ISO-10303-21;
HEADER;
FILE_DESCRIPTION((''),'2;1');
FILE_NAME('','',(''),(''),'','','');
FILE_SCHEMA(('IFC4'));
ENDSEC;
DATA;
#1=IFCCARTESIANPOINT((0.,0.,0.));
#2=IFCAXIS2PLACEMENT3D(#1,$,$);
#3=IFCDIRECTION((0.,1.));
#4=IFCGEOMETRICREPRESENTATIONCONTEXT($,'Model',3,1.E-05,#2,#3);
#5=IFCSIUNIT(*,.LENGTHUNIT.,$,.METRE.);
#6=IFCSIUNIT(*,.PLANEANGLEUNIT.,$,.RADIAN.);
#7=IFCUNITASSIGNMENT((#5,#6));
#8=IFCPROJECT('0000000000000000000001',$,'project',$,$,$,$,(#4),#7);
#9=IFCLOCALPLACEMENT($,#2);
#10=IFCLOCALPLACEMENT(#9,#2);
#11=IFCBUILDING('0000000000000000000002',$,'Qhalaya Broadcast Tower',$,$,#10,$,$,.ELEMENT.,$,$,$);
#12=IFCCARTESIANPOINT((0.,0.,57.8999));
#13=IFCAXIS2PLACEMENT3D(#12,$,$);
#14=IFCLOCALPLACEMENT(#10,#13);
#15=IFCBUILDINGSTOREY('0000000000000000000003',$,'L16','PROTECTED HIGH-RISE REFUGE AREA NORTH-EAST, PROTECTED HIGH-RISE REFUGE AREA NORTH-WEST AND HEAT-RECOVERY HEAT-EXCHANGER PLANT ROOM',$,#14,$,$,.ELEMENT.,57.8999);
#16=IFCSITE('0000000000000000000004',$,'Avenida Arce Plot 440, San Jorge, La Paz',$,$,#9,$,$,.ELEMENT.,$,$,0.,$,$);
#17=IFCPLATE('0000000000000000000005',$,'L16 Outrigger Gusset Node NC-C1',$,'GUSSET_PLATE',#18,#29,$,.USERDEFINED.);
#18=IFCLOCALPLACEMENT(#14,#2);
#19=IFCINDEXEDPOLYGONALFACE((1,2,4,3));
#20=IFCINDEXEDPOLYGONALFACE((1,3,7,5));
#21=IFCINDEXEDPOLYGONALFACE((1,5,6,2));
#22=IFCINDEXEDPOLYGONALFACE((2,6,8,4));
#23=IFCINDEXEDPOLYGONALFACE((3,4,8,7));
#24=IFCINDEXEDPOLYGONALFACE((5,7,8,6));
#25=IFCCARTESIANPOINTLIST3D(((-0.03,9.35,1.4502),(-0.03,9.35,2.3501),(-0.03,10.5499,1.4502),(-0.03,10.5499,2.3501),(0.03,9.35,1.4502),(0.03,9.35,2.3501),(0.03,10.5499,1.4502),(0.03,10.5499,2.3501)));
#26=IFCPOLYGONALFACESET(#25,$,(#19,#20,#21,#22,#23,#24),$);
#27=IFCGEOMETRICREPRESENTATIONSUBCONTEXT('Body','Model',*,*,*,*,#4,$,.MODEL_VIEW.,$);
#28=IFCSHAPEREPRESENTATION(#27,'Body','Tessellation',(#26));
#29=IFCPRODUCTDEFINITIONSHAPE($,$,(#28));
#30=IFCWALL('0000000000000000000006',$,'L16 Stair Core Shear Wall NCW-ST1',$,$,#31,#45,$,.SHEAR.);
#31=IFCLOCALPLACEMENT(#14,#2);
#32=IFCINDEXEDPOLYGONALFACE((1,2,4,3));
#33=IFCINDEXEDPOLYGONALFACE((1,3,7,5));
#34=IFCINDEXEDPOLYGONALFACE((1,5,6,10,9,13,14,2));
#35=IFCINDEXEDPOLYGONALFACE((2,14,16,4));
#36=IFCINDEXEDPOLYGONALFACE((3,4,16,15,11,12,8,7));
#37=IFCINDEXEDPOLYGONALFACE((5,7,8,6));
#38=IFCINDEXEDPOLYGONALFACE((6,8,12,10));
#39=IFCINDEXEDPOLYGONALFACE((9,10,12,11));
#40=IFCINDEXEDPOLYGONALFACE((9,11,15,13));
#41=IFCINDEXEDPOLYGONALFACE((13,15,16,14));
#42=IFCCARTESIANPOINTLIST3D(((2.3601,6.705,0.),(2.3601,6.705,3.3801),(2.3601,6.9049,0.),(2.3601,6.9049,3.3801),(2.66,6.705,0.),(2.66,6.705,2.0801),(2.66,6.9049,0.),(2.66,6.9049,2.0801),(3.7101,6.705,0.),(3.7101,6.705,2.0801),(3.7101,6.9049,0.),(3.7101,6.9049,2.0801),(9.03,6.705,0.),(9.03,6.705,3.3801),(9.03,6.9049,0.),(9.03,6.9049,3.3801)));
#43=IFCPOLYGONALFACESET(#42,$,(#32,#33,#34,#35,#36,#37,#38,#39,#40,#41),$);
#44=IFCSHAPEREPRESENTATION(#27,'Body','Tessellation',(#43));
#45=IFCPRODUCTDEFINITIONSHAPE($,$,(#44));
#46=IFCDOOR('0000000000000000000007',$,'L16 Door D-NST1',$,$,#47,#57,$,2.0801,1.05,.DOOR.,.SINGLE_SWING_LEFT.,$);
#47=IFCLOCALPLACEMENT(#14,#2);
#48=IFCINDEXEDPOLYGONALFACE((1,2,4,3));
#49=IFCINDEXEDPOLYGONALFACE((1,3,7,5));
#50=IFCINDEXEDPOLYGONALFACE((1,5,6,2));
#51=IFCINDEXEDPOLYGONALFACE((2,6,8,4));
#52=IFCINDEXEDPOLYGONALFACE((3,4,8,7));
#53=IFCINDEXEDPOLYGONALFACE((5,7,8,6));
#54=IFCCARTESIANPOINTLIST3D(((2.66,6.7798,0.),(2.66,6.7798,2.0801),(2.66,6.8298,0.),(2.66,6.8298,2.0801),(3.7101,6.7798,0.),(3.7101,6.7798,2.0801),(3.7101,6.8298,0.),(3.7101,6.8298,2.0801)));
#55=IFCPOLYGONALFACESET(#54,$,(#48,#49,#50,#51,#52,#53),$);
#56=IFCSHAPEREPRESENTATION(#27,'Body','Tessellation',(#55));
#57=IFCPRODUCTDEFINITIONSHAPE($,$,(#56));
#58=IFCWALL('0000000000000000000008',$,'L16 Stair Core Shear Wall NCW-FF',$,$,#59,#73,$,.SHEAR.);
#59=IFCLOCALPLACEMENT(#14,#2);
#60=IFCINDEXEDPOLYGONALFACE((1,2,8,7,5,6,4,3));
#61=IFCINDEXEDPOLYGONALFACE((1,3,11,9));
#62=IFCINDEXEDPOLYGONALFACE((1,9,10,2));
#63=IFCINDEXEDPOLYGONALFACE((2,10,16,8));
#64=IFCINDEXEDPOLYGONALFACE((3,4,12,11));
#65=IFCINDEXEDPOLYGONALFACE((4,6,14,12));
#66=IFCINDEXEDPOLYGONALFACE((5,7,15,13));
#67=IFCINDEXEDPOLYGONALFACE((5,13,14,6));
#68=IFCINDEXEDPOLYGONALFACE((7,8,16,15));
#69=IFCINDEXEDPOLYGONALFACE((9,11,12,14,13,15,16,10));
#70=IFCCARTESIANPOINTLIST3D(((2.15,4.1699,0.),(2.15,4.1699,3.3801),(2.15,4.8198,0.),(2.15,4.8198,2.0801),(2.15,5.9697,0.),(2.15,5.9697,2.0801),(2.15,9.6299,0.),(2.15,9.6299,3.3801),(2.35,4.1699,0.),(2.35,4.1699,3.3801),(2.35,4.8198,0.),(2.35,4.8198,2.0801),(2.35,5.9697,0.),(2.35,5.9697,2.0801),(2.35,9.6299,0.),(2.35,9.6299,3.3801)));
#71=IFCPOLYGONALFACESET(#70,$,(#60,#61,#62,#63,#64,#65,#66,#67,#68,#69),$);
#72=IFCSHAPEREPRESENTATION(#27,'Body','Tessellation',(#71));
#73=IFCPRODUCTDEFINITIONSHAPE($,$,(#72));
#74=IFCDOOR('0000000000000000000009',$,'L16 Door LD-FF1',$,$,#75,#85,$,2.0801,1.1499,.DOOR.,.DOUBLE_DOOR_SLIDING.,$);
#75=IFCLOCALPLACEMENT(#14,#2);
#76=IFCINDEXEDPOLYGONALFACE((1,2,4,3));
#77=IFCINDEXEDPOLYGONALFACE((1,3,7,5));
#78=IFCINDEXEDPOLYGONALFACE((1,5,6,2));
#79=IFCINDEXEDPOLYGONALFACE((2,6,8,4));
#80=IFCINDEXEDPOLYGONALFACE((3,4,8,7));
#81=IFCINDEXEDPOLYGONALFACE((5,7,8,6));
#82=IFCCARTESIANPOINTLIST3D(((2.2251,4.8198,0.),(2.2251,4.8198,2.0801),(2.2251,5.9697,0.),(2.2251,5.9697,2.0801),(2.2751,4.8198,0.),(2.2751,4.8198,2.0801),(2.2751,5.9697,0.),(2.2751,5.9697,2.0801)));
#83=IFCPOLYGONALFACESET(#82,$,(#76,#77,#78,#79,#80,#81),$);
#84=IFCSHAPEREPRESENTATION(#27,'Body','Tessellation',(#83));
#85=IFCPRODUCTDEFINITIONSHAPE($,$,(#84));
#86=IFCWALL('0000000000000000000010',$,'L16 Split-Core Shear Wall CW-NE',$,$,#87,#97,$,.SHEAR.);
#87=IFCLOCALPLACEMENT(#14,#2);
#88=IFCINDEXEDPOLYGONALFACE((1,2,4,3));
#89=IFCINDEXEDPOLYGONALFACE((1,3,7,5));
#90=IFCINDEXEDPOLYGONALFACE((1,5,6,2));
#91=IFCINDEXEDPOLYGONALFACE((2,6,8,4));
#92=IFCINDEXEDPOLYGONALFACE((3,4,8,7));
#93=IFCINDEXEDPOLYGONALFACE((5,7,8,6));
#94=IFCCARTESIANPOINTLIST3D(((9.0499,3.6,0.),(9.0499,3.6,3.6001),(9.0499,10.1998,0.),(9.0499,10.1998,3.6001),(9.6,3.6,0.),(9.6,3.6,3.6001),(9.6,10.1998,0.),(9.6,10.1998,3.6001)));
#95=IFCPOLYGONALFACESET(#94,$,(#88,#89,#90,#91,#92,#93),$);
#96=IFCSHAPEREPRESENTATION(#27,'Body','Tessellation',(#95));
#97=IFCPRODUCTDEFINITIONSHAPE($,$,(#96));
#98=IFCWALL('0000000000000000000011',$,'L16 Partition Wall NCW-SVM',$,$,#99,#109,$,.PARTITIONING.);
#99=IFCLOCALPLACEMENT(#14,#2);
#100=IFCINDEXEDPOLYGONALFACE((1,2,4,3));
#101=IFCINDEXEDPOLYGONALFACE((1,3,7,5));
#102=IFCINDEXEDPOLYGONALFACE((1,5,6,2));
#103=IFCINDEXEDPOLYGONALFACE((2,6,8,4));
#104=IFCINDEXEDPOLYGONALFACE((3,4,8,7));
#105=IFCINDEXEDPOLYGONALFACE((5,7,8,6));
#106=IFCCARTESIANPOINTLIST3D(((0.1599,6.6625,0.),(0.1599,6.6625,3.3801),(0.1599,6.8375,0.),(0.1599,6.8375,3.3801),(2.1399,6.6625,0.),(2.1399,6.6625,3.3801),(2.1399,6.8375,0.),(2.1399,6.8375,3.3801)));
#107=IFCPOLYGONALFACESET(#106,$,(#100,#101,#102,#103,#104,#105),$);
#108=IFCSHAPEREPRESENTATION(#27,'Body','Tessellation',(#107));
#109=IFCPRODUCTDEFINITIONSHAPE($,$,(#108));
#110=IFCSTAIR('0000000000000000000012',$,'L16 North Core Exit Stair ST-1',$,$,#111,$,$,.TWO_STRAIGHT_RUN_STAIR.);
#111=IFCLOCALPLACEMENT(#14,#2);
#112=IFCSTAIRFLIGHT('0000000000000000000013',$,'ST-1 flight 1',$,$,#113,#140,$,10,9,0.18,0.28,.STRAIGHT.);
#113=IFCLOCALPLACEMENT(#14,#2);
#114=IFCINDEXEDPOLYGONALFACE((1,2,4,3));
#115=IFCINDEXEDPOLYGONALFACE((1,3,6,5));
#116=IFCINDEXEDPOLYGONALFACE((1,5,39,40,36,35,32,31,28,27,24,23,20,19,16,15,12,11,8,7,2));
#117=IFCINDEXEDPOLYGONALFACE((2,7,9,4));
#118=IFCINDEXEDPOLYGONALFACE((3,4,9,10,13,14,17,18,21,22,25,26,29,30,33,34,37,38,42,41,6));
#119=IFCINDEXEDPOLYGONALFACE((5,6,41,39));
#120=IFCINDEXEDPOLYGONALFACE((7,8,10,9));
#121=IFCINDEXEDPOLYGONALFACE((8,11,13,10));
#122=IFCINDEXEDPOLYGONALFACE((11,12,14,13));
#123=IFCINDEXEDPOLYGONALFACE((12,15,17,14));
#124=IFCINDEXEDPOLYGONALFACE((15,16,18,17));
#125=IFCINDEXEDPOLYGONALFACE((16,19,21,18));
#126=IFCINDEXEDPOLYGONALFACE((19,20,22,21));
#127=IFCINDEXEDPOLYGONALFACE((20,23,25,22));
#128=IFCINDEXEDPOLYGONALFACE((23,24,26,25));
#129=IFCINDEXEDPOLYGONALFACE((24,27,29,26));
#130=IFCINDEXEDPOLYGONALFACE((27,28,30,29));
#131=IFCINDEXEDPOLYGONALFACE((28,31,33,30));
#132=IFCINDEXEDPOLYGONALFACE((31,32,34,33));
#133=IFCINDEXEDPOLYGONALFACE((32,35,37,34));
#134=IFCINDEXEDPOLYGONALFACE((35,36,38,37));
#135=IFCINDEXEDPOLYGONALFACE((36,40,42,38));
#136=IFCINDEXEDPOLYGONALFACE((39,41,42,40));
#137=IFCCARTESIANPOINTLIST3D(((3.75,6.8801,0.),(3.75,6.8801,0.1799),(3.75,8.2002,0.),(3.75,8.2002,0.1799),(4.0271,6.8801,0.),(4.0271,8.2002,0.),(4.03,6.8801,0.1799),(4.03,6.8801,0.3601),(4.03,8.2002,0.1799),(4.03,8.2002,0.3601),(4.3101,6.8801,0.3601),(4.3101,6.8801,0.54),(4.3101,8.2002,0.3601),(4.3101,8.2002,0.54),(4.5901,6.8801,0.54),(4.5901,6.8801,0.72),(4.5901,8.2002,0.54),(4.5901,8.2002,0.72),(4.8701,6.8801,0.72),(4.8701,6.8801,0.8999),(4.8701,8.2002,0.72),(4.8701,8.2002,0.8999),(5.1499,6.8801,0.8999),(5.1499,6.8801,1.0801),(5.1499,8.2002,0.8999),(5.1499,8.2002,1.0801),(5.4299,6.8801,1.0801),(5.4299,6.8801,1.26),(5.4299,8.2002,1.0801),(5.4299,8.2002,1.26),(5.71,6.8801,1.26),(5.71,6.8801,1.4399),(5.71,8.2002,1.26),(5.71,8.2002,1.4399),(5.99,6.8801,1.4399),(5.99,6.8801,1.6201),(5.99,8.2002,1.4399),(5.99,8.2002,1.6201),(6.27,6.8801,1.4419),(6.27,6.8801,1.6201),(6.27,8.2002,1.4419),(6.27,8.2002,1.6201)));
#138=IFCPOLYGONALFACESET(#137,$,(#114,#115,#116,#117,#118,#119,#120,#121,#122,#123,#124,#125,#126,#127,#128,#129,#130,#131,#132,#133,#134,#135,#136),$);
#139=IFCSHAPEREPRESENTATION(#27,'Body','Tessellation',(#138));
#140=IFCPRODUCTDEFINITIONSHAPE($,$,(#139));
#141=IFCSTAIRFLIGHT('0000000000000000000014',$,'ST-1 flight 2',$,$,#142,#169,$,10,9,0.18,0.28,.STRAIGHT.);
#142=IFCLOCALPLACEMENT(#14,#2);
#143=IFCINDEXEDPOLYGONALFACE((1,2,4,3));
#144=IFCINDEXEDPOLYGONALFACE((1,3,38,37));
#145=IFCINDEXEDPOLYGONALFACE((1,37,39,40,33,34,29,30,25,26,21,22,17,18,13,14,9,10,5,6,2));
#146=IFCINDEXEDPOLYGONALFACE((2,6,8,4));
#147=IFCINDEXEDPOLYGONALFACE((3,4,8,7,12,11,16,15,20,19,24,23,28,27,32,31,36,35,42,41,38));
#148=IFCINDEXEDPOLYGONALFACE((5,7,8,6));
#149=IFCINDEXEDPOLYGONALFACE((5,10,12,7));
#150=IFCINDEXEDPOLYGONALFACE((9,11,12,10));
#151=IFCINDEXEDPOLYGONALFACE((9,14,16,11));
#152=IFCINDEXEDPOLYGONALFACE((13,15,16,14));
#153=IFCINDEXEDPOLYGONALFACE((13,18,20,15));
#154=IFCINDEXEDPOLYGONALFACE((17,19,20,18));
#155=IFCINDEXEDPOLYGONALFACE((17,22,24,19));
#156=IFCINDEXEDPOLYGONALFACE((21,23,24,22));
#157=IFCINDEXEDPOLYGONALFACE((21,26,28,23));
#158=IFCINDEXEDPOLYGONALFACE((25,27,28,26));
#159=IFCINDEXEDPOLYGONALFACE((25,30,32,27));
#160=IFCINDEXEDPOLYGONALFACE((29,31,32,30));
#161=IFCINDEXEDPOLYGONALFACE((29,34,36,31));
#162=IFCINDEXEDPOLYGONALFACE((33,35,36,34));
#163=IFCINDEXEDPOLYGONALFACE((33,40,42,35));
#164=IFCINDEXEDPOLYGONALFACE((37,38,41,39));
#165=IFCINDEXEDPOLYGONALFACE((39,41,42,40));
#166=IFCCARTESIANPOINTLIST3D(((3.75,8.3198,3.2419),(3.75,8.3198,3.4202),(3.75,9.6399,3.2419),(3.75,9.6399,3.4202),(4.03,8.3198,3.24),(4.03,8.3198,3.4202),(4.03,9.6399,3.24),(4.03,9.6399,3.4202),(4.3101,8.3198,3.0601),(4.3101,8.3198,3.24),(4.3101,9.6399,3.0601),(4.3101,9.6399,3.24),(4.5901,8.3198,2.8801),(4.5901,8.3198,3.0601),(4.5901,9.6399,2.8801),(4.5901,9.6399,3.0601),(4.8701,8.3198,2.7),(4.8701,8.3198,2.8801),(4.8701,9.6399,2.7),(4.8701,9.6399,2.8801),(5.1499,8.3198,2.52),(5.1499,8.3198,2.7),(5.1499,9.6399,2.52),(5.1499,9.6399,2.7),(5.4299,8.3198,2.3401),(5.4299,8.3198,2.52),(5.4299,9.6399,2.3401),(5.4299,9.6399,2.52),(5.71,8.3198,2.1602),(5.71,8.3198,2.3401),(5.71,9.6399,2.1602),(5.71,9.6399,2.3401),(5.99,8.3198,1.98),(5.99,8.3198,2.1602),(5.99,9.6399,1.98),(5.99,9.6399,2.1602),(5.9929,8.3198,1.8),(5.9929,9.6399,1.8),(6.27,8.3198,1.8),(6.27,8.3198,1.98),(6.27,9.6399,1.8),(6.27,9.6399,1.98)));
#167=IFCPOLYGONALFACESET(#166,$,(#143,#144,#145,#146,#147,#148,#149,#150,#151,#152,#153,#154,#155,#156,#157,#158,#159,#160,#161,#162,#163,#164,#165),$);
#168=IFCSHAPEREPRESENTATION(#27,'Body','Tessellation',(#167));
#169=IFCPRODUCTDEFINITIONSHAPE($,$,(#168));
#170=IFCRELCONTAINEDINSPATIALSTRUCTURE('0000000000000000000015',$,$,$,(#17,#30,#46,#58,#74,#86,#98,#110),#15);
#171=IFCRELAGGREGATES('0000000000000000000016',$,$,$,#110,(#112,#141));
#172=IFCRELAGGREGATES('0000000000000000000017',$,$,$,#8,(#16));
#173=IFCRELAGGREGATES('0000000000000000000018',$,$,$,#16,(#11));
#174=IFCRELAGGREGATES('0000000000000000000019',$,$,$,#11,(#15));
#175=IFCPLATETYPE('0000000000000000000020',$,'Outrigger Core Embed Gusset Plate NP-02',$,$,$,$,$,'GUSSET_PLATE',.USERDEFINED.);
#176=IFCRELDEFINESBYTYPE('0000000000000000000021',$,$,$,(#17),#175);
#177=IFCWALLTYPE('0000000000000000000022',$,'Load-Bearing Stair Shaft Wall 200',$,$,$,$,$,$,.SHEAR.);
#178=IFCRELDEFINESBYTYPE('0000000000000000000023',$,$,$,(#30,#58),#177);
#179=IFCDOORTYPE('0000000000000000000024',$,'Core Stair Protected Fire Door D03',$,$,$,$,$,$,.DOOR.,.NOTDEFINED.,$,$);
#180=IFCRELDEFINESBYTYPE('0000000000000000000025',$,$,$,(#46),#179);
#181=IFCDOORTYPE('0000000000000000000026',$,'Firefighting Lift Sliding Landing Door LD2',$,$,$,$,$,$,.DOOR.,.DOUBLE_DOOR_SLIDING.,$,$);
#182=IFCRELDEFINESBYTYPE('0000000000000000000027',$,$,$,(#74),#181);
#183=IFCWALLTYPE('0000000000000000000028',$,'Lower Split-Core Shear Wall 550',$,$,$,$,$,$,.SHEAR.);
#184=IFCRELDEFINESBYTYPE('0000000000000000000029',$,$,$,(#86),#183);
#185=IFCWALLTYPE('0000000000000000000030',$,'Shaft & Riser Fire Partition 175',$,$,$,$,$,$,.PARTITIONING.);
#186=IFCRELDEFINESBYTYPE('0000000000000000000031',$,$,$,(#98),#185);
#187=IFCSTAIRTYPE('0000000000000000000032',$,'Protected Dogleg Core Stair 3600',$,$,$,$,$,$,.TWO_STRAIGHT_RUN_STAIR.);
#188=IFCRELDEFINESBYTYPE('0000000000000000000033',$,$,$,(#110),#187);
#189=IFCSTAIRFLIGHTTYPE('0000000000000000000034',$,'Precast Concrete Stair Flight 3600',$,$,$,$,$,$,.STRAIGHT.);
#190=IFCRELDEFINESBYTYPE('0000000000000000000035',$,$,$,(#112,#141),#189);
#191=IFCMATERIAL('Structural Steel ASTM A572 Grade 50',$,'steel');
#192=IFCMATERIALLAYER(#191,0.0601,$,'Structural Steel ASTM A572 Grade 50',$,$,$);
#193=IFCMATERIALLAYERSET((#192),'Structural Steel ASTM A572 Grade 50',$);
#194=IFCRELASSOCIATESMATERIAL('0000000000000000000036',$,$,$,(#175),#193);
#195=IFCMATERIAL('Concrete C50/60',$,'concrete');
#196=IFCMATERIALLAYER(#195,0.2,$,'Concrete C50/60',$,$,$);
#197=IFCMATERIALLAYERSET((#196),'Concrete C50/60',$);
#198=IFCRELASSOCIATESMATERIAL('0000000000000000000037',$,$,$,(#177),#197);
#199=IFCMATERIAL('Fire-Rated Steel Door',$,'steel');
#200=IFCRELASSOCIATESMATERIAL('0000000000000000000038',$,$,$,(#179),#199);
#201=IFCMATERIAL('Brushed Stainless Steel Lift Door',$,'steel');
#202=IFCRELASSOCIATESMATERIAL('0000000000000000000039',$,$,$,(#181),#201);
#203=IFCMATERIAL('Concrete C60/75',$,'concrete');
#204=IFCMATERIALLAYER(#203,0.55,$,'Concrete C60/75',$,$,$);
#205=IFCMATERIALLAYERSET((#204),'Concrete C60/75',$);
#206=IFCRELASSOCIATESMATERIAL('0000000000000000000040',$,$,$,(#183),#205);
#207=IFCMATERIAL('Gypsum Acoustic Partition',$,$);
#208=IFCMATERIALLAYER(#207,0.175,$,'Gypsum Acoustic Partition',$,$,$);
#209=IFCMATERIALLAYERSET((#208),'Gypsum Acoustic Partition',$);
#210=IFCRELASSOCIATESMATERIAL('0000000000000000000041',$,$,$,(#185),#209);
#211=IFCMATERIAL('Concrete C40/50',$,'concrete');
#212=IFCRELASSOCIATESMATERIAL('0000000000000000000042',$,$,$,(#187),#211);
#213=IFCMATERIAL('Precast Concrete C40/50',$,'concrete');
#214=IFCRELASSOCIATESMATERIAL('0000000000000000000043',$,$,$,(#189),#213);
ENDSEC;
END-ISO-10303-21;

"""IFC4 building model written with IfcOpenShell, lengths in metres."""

from ifc_helpers import new_model, si_unit, direction, frame, frame_2d, origin, origin_2d, place, context, subcontext, project, spatial, polyline, rectangle, outline, extrude, material, layer, layer_set, type_object, element, fill, aggregate, save


model = new_model("IFC4")

# Units and contexts
model_context = context("Model", 3, precision=1e-05, world=origin(), true_north=direction((0.0, 1.0)))
body_context = subcontext(model_context, "Body", "Model", "MODEL_VIEW")
ifc_project = project(units=[si_unit("LENGTHUNIT", "METRE"), si_unit("PLANEANGLEUNIT", "RADIAN")], contexts=[model_context])

# Site, building, storey
site_placement = place(None, origin())
site = spatial("IfcSite", under=ifc_project, at=site_placement, Name="Avenida Arce Plot 440, San Jorge, La Paz", CompositionType="ELEMENT", RefElevation=0.0)
building_placement = place(site_placement, origin())
building = spatial("IfcBuilding", under=site, at=building_placement, Name="Qhalaya Broadcast Tower", CompositionType="ELEMENT")
storey_placement = place(building_placement, frame((0.0, 0.0, 57.8999)))
storey = spatial("IfcBuildingStorey", under=building, at=storey_placement, Name="L16", Description="PROTECTED HIGH-RISE REFUGE AREA NORTH-EAST, PROTECTED HIGH-RISE REFUGE AREA NORTH-WEST AND HEAT-RECOVERY HEAT-EXCHANGER PLANT ROOM", CompositionType="ELEMENT", Elevation=57.8999)

# Shared definitions
ifc_material_1 = material(Name="Concrete C50/60", Category="concrete")

# Shared definitions
ifc_material_2 = material(Name="Structural Steel ASTM A572 Grade 50", Category="steel")

# Plate
ifc_layer_1 = layer(ifc_material_2, 0.0601, Name="Structural Steel ASTM A572 Grade 50")
ifc_layer_set_1 = layer_set([ifc_layer_1], Name="Structural Steel ASTM A572 Grade 50")
plate_type_1 = type_object("IfcPlateType", Name="Outrigger Core Embed Gusset Plate NP-02", ElementType="GUSSET_PLATE", PredefinedType="USERDEFINED", material=ifc_layer_set_1)
for number, where, z_axis, x_axis, name in (
    (1, (0.0, 9.95, 1.4502), (0.0, 0.0, 1.0), (0.0, 1.0, 0.0), "L16 Outrigger Gusset Node NC-C1"),
):
    element("IfcPlate", number, at=place(storey_placement, frame(where, z_axis=z_axis, x_axis=x_axis)), inside=storey, type_object=plate_type_1, Name=name, ObjectType="GUSSET_PLATE", PredefinedType="USERDEFINED", context=body_context, shape_type="SweptSolid", body=[
        extrude(rectangle(XDim=1.2, YDim=0.0601, at=origin_2d()), origin(), (0.0, 0.0, 1.0), 0.8999),
    ])

# Walls, openings, doors
ifc_layer_2 = layer(ifc_material_1, 0.2, Name="Concrete C50/60")
ifc_layer_set_2 = layer_set([ifc_layer_2], Name="Concrete C50/60")
wall_type_1 = type_object("IfcWallType", Name="Load-Bearing Stair Shaft Wall 200", PredefinedType="SHEAR", material=ifc_layer_set_2)
wall_1_placement = place(storey_placement, frame((2.3601, 6.8049, 0.0), z_axis=(0.0, 0.0, 1.0), x_axis=(1.0, 0.0, 0.0)))
wall_1 = element("IfcWall", 2, at=wall_1_placement, inside=storey, type_object=wall_type_1, Name="L16 Stair Core Shear Wall NCW-ST1", PredefinedType="SHEAR", context=body_context, shape_type="SweptSolid", body=[
    extrude(rectangle(XDim=6.6699, YDim=0.2, at=frame_2d((3.335, 0.0))), origin(), (0.0, 0.0, 1.0), 3.3801),
])
opening_1_placement = place(wall_1_placement, frame((0.3, 0.0, 0.0)))
opening_1 = element("IfcOpeningElement", 3, at=opening_1_placement, cuts=wall_1, PredefinedType="OPENING", context=body_context, shape_type="SweptSolid", body=[
    extrude(rectangle(XDim=1.05, YDim=2.0801, at=frame_2d((0.5249, 1.04))), frame((0.0, 0.1121, 0.0), z_axis=(0.0, -1.0, 0.0), x_axis=(1.0, 0.0, 0.0)), (0.0, 0.0, 1.0), 0.2239),
])
ifc_material_3 = material(Name="Fire-Rated Steel Door", Category="steel")
door_type_1 = type_object("IfcDoorType", Name="Core Stair Protected Fire Door D03", OperationType="NOTDEFINED", PredefinedType="DOOR", material=ifc_material_3)
door_1_placement = place(opening_1_placement, origin())
door_1 = element("IfcDoor", 4, at=door_1_placement, inside=storey, type_object=door_type_1, Name="L16 Door D-NST1", OperationType="SINGLE_SWING_LEFT", OverallHeight=2.0801, OverallWidth=1.05, PredefinedType="DOOR", context=body_context, shape_type="SweptSolid", body=[
    extrude(rectangle(XDim=1.05, YDim=2.0801, at=frame_2d((0.5249, 1.04))), frame((0.0, 0.0249, 0.0), z_axis=(0.0, -1.0, 0.0), x_axis=(1.0, 0.0, 0.0)), (0.0, 0.0, 1.0), 0.05),
])
fill(opening_1, door_1)
wall_2_placement = place(storey_placement, frame((2.25, 4.1699, 0.0), z_axis=(0.0, 0.0, 1.0), x_axis=(0.0, 1.0, 0.0)))
wall_2 = element("IfcWall", 5, at=wall_2_placement, inside=storey, type_object=wall_type_1, Name="L16 Stair Core Shear Wall NCW-FF", PredefinedType="SHEAR", context=body_context, shape_type="SweptSolid", body=[
    extrude(rectangle(XDim=5.46, YDim=0.2, at=frame_2d((2.73, 0.0))), origin(), (0.0, 0.0, 1.0), 3.3801),
])
opening_2_placement = place(wall_2_placement, frame((0.6499, 0.0, 0.0)))
opening_2 = element("IfcOpeningElement", 6, at=opening_2_placement, cuts=wall_2, PredefinedType="OPENING", context=body_context, shape_type="SweptSolid", body=[
    extrude(rectangle(XDim=1.1499, YDim=2.0801, at=frame_2d((0.575, 1.04))), frame((0.0, 0.1121, 0.0), z_axis=(0.0, -1.0, 0.0), x_axis=(1.0, 0.0, 0.0)), (0.0, 0.0, 1.0), 0.2239),
])
ifc_material_4 = material(Name="Brushed Stainless Steel Lift Door", Category="steel")
door_type_2 = type_object("IfcDoorType", Name="Firefighting Lift Sliding Landing Door LD2", OperationType="DOUBLE_DOOR_SLIDING", PredefinedType="DOOR", material=ifc_material_4)
door_2_placement = place(opening_2_placement, origin())
door_2 = element("IfcDoor", 7, at=door_2_placement, inside=storey, type_object=door_type_2, Name="L16 Door LD-FF1", OperationType="DOUBLE_DOOR_SLIDING", OverallHeight=2.0801, OverallWidth=1.1499, PredefinedType="DOOR", context=body_context, shape_type="SweptSolid", body=[
    extrude(rectangle(XDim=1.1499, YDim=2.0801, at=frame_2d((0.575, 1.04))), frame((0.0, 0.0249, 0.0), z_axis=(0.0, -1.0, 0.0), x_axis=(1.0, 0.0, 0.0)), (0.0, 0.0, 1.0), 0.05),
])
fill(opening_2, door_2)

# Wall
ifc_material_5 = material(Name="Concrete C60/75", Category="concrete")
ifc_layer_3 = layer(ifc_material_5, 0.55, Name="Concrete C60/75")
ifc_layer_set_3 = layer_set([ifc_layer_3], Name="Concrete C60/75")
wall_type_2 = type_object("IfcWallType", Name="Lower Split-Core Shear Wall 550", PredefinedType="SHEAR", material=ifc_layer_set_3)
wall_3_placement = place(storey_placement, frame((9.325, 3.6001, 0.0), z_axis=(0.0, 0.0, 1.0), x_axis=(0.0, 1.0, 0.0)))
element("IfcWall", 8, at=wall_3_placement, inside=storey, type_object=wall_type_2, Name="L16 Split-Core Shear Wall CW-NE", PredefinedType="SHEAR", context=body_context, shape_type="SweptSolid", body=[
    extrude(rectangle(XDim=6.5999, YDim=0.55, at=frame_2d((3.2998, 0.0))), origin(), (0.0, 0.0, 1.0), 3.6001),
])

# Shared definitions
ifc_material_6 = material(Name="Gypsum Acoustic Partition")
ifc_layer_4 = layer(ifc_material_6, 0.175, Name="Gypsum Acoustic Partition")
ifc_layer_set_4 = layer_set([ifc_layer_4], Name="Gypsum Acoustic Partition")
wall_type_3 = type_object("IfcWallType", Name="Shaft & Riser Fire Partition 175", PredefinedType="PARTITIONING", material=ifc_layer_set_4)

# Wall
wall_4_placement = place(storey_placement, frame((0.1599, 6.75, 0.0), z_axis=(0.0, 0.0, 1.0), x_axis=(1.0, 0.0, 0.0)))
element("IfcWall", 9, at=wall_4_placement, inside=storey, type_object=wall_type_3, Name="L16 Partition Wall NCW-SVM", PredefinedType="PARTITIONING", context=body_context, shape_type="SweptSolid", body=[
    extrude(rectangle(XDim=1.98, YDim=0.175, at=frame_2d((0.99, 0.0))), origin(), (0.0, 0.0, 1.0), 3.3801),
])

# Stair, stair flights
ifc_material_7 = material(Name="Concrete C40/50", Category="concrete")
stair_type = type_object("IfcStairType", Name="Protected Dogleg Core Stair 3600", PredefinedType="TWO_STRAIGHT_RUN_STAIR", material=ifc_material_7)
stair_placement = place(storey_placement, origin())
stair = element("IfcStair", 10, at=stair_placement, inside=storey, type_object=stair_type, Name="L16 North Core Exit Stair ST-1", PredefinedType="TWO_STRAIGHT_RUN_STAIR")
ifc_material_8 = material(Name="Precast Concrete C40/50", Category="concrete")
stair_flight_type = type_object("IfcStairFlightType", Name="Precast Concrete Stair Flight 3600", PredefinedType="STRAIGHT", material=ifc_material_8)
stair_flight_1_placement = place(storey_placement, frame((3.75, 7.54, 0.0), z_axis=(0.0, 0.0, 1.0), x_axis=(1.0, 0.0, 0.0)))
stair_flight_1 = element("IfcStairFlight", 11, at=stair_flight_1_placement, type_object=stair_flight_type, Name="ST-1 flight 1", NumberOfRisers=10, NumberOfTreads=9, PredefinedType="STRAIGHT", RiserHeight=0.18, TreadLength=0.28, context=body_context, shape_type="SweptSolid", body=[
    extrude(outline(polyline([(0.0, 0.0), (0.0, 0.1799), (0.28, 0.1799), (0.28, 0.3601), (0.5601, 0.3601), (0.5601, 0.54), (0.8401, 0.54), (0.8401, 0.72), (1.1201, 0.72), (1.1201, 0.8999), (1.3999, 0.8999), (1.3999, 1.0801), (1.6799, 1.0801), (1.6799, 1.26), (1.96, 1.26), (1.96, 1.4399), (2.24, 1.4399), (2.24, 1.6201), (2.52, 1.6201), (2.52, 1.8), (2.52, 1.4419), (0.2771, 0.0), (0.0, 0.0)])), frame((0.0, 0.6602, 0.0), z_axis=(0.0, -1.0, 0.0), x_axis=(1.0, 0.0, 0.0)), (0.0, 0.0, 1.0), 1.3201),
])
stair_flight_2_placement = place(storey_placement, frame((6.27, 8.98, 1.8), z_axis=(0.0, 0.0, 1.0), x_axis=(-1.0, 0.0, 0.0)))
stair_flight_2 = element("IfcStairFlight", 12, at=stair_flight_2_placement, type_object=stair_flight_type, Name="ST-1 flight 2", NumberOfRisers=10, NumberOfTreads=9, PredefinedType="STRAIGHT", RiserHeight=0.18, TreadLength=0.28, context=body_context, shape_type="SweptSolid", body=[
    extrude(outline(polyline([(0.0, 0.0), (0.0, 0.1799), (0.28, 0.1799), (0.28, 0.3601), (0.5601, 0.3601), (0.5601, 0.54), (0.8401, 0.54), (0.8401, 0.72), (1.1201, 0.72), (1.1201, 0.8999), (1.3999, 0.8999), (1.3999, 1.0801), (1.6799, 1.0801), (1.6799, 1.26), (1.96, 1.26), (1.96, 1.4399), (2.24, 1.4399), (2.24, 1.6201), (2.52, 1.6201), (2.52, 1.8), (2.52, 1.4419), (0.2771, 0.0), (0.0, 0.0)])), frame((0.0, 0.6602, 0.0), z_axis=(0.0, -1.0, 0.0), x_axis=(1.0, 0.0, 0.0)), (0.0, 0.0, 1.0), 1.3201),
])
aggregate(stair, [stair_flight_1, stair_flight_2])

save(model, "model.ifc")
